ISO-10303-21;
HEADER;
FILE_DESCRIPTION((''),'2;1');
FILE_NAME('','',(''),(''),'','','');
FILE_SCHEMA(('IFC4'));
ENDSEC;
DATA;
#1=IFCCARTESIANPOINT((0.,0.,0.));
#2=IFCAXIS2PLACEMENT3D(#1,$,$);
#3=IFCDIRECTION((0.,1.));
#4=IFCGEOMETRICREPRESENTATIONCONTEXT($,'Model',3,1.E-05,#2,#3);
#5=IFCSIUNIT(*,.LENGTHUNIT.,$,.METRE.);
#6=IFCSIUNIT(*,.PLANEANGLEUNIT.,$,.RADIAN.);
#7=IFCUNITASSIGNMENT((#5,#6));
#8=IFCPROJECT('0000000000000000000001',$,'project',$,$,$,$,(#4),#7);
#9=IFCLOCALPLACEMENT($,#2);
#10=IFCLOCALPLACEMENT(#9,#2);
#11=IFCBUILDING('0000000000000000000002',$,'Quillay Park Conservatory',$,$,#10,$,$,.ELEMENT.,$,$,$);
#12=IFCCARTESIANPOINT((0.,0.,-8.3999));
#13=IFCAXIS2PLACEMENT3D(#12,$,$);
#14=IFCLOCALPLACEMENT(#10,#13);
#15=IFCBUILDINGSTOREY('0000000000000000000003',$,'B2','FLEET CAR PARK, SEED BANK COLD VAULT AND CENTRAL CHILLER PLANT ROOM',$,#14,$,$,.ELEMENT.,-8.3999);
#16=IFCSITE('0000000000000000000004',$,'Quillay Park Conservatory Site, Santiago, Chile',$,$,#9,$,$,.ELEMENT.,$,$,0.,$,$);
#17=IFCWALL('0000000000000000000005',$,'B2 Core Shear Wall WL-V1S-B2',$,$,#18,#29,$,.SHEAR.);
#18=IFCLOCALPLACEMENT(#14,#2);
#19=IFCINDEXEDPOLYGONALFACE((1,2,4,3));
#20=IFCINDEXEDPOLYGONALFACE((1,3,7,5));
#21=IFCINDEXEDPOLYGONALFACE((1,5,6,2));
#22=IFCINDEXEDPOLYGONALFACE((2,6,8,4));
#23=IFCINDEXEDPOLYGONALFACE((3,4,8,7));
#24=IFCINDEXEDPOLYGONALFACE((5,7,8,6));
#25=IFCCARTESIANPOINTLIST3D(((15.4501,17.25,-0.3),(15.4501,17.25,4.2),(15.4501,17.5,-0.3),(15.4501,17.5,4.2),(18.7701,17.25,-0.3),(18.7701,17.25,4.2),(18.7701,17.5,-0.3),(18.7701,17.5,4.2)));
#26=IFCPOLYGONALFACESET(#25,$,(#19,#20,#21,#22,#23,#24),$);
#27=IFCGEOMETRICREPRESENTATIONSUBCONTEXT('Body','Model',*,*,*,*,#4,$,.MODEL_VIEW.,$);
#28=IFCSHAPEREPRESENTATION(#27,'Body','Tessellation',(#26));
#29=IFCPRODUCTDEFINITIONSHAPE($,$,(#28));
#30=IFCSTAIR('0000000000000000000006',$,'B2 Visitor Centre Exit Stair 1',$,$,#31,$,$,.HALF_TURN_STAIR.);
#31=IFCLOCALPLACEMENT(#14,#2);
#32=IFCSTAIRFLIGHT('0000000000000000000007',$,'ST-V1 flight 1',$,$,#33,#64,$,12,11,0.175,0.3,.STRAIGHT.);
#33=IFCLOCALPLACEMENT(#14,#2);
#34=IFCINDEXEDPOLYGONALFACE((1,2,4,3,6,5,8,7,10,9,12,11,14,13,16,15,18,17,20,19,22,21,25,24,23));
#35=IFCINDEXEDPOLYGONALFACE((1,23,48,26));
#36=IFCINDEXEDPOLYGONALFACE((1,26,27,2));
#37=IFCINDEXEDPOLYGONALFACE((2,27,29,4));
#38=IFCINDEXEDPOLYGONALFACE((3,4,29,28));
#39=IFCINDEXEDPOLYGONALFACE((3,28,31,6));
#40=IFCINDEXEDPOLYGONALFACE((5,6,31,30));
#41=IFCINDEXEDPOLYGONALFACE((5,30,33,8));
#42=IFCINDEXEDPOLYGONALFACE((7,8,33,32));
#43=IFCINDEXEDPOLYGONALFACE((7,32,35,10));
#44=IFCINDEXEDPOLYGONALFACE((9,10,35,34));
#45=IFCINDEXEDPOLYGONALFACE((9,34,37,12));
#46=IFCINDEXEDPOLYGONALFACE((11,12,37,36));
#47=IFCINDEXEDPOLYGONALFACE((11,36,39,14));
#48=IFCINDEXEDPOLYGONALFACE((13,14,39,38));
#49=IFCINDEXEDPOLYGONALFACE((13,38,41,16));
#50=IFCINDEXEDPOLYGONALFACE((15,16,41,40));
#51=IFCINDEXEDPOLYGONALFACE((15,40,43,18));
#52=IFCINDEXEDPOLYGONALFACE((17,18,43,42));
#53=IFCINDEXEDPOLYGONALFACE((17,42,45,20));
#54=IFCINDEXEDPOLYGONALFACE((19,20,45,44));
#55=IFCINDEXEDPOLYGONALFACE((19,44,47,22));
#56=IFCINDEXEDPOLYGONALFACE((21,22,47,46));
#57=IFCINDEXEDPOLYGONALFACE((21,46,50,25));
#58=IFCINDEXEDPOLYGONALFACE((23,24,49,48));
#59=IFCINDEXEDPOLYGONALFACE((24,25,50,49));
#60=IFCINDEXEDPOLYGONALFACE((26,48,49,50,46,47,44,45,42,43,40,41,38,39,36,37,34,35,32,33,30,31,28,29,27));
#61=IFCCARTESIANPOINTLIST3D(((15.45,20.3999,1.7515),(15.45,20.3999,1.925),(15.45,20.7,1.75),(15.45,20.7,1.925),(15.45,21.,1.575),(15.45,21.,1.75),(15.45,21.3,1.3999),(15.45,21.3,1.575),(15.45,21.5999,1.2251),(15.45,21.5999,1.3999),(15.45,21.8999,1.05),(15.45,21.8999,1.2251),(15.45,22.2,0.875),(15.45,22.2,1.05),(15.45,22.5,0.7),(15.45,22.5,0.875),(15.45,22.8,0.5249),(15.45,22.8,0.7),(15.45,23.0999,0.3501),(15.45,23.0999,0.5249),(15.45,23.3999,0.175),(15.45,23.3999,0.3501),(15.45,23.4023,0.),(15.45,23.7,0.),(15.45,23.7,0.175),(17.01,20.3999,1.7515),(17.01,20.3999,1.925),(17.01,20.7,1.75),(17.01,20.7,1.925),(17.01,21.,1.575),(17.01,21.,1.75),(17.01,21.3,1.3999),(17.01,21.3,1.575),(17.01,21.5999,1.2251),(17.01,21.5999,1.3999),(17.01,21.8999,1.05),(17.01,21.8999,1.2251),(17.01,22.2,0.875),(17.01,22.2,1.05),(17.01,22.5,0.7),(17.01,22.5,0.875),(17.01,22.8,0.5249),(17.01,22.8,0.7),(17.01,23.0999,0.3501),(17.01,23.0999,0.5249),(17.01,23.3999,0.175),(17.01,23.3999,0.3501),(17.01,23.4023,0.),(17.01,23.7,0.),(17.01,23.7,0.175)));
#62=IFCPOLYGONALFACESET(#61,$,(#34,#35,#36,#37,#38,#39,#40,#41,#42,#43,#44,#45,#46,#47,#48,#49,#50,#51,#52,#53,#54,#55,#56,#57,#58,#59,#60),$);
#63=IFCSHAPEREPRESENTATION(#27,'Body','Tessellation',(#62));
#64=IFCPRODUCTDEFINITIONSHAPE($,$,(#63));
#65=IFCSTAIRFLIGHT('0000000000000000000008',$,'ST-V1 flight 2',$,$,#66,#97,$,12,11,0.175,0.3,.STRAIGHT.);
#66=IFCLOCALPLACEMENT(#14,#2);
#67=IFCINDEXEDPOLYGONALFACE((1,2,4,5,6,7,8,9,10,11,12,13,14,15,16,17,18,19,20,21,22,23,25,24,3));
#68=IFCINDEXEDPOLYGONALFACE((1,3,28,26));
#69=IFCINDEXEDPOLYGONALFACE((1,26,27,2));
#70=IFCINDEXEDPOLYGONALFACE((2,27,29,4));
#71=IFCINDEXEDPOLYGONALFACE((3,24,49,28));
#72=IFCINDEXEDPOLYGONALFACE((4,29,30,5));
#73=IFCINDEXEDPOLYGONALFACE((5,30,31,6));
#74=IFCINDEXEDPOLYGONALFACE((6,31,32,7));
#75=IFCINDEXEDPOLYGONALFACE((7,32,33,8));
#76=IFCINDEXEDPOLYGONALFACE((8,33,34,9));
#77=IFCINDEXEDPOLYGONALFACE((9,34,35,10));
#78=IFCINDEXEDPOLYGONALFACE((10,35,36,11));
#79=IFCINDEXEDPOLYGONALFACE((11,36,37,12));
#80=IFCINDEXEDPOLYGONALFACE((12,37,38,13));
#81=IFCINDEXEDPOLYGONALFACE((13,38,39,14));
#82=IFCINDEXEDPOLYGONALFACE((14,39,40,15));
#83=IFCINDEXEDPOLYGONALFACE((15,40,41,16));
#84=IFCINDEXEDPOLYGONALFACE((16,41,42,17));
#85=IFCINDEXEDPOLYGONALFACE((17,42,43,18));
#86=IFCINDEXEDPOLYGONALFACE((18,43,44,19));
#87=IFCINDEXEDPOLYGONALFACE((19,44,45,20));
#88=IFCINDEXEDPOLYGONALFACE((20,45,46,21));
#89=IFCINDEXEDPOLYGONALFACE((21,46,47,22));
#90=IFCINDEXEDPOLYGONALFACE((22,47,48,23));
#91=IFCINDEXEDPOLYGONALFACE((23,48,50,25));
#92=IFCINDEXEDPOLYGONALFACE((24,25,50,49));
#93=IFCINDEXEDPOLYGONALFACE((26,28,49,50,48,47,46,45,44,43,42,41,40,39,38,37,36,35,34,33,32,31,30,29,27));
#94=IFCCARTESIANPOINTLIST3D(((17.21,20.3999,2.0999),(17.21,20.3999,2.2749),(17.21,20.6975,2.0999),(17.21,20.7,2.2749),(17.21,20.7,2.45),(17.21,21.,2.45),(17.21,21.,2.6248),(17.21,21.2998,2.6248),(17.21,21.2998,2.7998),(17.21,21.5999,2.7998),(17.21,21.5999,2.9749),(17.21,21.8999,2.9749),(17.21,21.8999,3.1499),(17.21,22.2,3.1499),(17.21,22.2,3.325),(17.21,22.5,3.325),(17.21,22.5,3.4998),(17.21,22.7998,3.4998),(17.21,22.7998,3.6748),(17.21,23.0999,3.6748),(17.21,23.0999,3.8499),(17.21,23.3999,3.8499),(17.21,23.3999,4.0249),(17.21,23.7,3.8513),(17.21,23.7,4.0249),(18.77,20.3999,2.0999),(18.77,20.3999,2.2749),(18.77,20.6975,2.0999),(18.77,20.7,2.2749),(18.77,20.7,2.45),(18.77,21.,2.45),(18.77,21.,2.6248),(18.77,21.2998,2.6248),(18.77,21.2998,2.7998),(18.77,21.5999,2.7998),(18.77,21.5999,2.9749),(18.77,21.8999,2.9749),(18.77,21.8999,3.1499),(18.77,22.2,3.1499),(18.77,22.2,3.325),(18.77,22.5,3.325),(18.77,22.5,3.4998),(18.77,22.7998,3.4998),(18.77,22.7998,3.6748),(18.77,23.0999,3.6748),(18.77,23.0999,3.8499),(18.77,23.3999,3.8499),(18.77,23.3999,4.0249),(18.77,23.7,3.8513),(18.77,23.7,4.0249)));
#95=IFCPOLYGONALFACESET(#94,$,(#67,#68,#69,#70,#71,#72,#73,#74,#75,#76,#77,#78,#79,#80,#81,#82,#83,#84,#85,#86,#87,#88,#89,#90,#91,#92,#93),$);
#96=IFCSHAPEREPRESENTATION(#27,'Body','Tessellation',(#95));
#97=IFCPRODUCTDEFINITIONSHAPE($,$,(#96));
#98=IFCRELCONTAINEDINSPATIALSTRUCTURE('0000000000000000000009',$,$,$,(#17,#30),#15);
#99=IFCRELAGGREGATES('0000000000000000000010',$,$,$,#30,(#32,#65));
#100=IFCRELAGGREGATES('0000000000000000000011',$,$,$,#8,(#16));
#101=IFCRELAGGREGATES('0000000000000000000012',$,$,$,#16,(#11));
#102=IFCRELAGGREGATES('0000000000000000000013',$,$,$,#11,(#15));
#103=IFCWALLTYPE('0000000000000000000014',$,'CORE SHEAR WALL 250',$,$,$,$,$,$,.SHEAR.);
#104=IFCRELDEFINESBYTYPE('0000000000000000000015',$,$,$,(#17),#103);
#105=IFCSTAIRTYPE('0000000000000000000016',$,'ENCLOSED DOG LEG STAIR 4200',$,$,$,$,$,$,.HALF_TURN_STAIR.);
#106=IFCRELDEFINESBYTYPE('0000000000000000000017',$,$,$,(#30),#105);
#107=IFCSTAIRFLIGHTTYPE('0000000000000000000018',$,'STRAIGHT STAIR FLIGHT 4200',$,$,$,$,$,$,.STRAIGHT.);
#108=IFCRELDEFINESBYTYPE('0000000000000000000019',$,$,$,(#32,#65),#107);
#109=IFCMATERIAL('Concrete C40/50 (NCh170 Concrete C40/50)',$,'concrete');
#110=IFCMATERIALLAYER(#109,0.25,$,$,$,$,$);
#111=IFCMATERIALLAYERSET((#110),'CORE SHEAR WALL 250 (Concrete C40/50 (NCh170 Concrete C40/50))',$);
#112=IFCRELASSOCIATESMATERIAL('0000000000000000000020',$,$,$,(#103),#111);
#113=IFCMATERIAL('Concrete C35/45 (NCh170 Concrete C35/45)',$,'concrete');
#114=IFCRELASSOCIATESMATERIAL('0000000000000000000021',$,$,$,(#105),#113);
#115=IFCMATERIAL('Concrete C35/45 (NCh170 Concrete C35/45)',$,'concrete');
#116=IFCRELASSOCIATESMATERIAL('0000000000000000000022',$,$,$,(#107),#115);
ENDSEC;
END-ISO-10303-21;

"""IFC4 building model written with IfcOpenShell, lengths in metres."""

from ifc_helpers import new_model, si_unit, direction, frame, frame_2d, origin, place, context, subcontext, project, spatial, polyline, rectangle, outline, extrude, material, layer, layer_set, type_object, element, aggregate, save


model = new_model("IFC4")

# Units and contexts
model_context = context("Model", 3, precision=1e-05, world=origin(), true_north=direction((0.0, 1.0)))
body_context = subcontext(model_context, "Body", "Model", "MODEL_VIEW")
ifc_project = project(units=[si_unit("LENGTHUNIT", "METRE"), si_unit("PLANEANGLEUNIT", "RADIAN")], contexts=[model_context])

# Site, building, storey
site_placement = place(None, origin())
site = spatial("IfcSite", under=ifc_project, at=site_placement, Name="Quillay Park Conservatory Site, Santiago, Chile", CompositionType="ELEMENT", RefElevation=0.0)
building_placement = place(site_placement, origin())
building = spatial("IfcBuilding", under=site, at=building_placement, Name="Quillay Park Conservatory", CompositionType="ELEMENT")
storey_placement = place(building_placement, frame((0.0, 0.0, -8.3999)))
storey = spatial("IfcBuildingStorey", under=building, at=storey_placement, Name="B2", Description="FLEET CAR PARK, SEED BANK COLD VAULT AND CENTRAL CHILLER PLANT ROOM", CompositionType="ELEMENT", Elevation=-8.3999)

# Wall
ifc_material_1 = material(Name="Concrete C40/50 (NCh170 Concrete C40/50)", Category="concrete")
ifc_layer_1 = layer(ifc_material_1, 0.25)
ifc_layer_set_1 = layer_set([ifc_layer_1], Name="CORE SHEAR WALL 250 (Concrete C40/50 (NCh170 Concrete C40/50))")
wall_type_1 = type_object("IfcWallType", Name="CORE SHEAR WALL 250", PredefinedType="SHEAR", material=ifc_layer_set_1)
wall_1_placement = place(storey_placement, frame((15.45, 17.375, -0.3), z_axis=(0.0, 0.0, 1.0), x_axis=(1.0, 0.0, 0.0)))
element("IfcWall", 1, at=wall_1_placement, inside=storey, type_object=wall_type_1, Name="B2 Core Shear Wall WL-V1S-B2", PredefinedType="SHEAR", context=body_context, shape_type="SweptSolid", body=[
    extrude(rectangle(XDim=3.3201, YDim=0.25, at=frame_2d((1.6602, 0.0))), origin(), (0.0, 0.0, 1.0), 4.5),
])

# Stair, stair flights
ifc_material_2 = material(Name="Concrete C35/45 (NCh170 Concrete C35/45)", Category="concrete")
stair_type = type_object("IfcStairType", Name="ENCLOSED DOG LEG STAIR 4200", PredefinedType="HALF_TURN_STAIR", material=ifc_material_2)
stair_placement = place(storey_placement, origin())
stair = element("IfcStair", 2, at=stair_placement, inside=storey, type_object=stair_type, Name="B2 Visitor Centre Exit Stair 1", PredefinedType="HALF_TURN_STAIR")
ifc_material_3 = material(Name="Concrete C35/45 (NCh170 Concrete C35/45)", Category="concrete")
stair_flight_type = type_object("IfcStairFlightType", Name="STRAIGHT STAIR FLIGHT 4200", PredefinedType="STRAIGHT", material=ifc_material_3)
stair_flight_1_placement = place(storey_placement, frame((16.23, 23.7, 0.0), z_axis=(0.0, 0.0, 1.0), x_axis=(0.0, -1.0, 0.0)))
stair_flight_1 = element("IfcStairFlight", 3, at=stair_flight_1_placement, type_object=stair_flight_type, Name="ST-V1 flight 1", NumberOfRisers=12, NumberOfTreads=11, PredefinedType="STRAIGHT", RiserHeight=0.175, TreadLength=0.3, context=body_context, shape_type="SweptSolid", body=[
    extrude(outline(polyline([(0.0, 0.0), (0.0, 0.175), (0.3, 0.175), (0.3, 0.3501), (0.6001, 0.3501), (0.6001, 0.5249), (0.8999, 0.5249), (0.8999, 0.7), (1.2, 0.7), (1.2, 0.875), (1.5, 0.875), (1.5, 1.05), (1.8, 1.05), (1.8, 1.2251), (2.1001, 1.2251), (2.1001, 1.3999), (2.3999, 1.3999), (2.3999, 1.575), (2.7, 1.575), (2.7, 1.75), (3.0, 1.75), (3.0, 1.925), (3.3, 1.925), (3.3, 2.1001), (3.3, 1.7515), (0.2976, 0.0), (0.0, 0.0)])), frame((0.0, 0.78, 0.0), z_axis=(0.0, -1.0, 0.0), x_axis=(1.0, 0.0, 0.0)), (0.0, 0.0, 1.0), 1.5601),
])
stair_flight_2_placement = place(storey_placement, frame((17.99, 20.3999, 2.0999), z_axis=(0.0, 0.0, 1.0), x_axis=(0.0, 1.0, 0.0)))
stair_flight_2 = element("IfcStairFlight", 4, at=stair_flight_2_placement, type_object=stair_flight_type, Name="ST-V1 flight 2", NumberOfRisers=12, NumberOfTreads=11, PredefinedType="STRAIGHT", RiserHeight=0.175, TreadLength=0.3, context=body_context, shape_type="SweptSolid", body=[
    extrude(outline(polyline([(0.0, 0.0), (0.0, 0.175), (0.3, 0.175), (0.3, 0.3501), (0.6001, 0.3501), (0.6001, 0.5249), (0.8999, 0.5249), (0.8999, 0.7), (1.2, 0.7), (1.2, 0.875), (1.5, 0.875), (1.5, 1.05), (1.8, 1.05), (1.8, 1.2251), (2.1001, 1.2251), (2.1001, 1.3999), (2.3999, 1.3999), (2.3999, 1.575), (2.7, 1.575), (2.7, 1.75), (3.0, 1.75), (3.0, 1.925), (3.3, 1.925), (3.3, 2.1001), (3.3, 1.7515), (0.2976, 0.0), (0.0, 0.0)])), frame((0.0, 0.78, 0.0), z_axis=(0.0, -1.0, 0.0), x_axis=(1.0, 0.0, 0.0)), (0.0, 0.0, 1.0), 1.5601),
])
aggregate(stair, [stair_flight_1, stair_flight_2])

save(model, "model.ifc")
